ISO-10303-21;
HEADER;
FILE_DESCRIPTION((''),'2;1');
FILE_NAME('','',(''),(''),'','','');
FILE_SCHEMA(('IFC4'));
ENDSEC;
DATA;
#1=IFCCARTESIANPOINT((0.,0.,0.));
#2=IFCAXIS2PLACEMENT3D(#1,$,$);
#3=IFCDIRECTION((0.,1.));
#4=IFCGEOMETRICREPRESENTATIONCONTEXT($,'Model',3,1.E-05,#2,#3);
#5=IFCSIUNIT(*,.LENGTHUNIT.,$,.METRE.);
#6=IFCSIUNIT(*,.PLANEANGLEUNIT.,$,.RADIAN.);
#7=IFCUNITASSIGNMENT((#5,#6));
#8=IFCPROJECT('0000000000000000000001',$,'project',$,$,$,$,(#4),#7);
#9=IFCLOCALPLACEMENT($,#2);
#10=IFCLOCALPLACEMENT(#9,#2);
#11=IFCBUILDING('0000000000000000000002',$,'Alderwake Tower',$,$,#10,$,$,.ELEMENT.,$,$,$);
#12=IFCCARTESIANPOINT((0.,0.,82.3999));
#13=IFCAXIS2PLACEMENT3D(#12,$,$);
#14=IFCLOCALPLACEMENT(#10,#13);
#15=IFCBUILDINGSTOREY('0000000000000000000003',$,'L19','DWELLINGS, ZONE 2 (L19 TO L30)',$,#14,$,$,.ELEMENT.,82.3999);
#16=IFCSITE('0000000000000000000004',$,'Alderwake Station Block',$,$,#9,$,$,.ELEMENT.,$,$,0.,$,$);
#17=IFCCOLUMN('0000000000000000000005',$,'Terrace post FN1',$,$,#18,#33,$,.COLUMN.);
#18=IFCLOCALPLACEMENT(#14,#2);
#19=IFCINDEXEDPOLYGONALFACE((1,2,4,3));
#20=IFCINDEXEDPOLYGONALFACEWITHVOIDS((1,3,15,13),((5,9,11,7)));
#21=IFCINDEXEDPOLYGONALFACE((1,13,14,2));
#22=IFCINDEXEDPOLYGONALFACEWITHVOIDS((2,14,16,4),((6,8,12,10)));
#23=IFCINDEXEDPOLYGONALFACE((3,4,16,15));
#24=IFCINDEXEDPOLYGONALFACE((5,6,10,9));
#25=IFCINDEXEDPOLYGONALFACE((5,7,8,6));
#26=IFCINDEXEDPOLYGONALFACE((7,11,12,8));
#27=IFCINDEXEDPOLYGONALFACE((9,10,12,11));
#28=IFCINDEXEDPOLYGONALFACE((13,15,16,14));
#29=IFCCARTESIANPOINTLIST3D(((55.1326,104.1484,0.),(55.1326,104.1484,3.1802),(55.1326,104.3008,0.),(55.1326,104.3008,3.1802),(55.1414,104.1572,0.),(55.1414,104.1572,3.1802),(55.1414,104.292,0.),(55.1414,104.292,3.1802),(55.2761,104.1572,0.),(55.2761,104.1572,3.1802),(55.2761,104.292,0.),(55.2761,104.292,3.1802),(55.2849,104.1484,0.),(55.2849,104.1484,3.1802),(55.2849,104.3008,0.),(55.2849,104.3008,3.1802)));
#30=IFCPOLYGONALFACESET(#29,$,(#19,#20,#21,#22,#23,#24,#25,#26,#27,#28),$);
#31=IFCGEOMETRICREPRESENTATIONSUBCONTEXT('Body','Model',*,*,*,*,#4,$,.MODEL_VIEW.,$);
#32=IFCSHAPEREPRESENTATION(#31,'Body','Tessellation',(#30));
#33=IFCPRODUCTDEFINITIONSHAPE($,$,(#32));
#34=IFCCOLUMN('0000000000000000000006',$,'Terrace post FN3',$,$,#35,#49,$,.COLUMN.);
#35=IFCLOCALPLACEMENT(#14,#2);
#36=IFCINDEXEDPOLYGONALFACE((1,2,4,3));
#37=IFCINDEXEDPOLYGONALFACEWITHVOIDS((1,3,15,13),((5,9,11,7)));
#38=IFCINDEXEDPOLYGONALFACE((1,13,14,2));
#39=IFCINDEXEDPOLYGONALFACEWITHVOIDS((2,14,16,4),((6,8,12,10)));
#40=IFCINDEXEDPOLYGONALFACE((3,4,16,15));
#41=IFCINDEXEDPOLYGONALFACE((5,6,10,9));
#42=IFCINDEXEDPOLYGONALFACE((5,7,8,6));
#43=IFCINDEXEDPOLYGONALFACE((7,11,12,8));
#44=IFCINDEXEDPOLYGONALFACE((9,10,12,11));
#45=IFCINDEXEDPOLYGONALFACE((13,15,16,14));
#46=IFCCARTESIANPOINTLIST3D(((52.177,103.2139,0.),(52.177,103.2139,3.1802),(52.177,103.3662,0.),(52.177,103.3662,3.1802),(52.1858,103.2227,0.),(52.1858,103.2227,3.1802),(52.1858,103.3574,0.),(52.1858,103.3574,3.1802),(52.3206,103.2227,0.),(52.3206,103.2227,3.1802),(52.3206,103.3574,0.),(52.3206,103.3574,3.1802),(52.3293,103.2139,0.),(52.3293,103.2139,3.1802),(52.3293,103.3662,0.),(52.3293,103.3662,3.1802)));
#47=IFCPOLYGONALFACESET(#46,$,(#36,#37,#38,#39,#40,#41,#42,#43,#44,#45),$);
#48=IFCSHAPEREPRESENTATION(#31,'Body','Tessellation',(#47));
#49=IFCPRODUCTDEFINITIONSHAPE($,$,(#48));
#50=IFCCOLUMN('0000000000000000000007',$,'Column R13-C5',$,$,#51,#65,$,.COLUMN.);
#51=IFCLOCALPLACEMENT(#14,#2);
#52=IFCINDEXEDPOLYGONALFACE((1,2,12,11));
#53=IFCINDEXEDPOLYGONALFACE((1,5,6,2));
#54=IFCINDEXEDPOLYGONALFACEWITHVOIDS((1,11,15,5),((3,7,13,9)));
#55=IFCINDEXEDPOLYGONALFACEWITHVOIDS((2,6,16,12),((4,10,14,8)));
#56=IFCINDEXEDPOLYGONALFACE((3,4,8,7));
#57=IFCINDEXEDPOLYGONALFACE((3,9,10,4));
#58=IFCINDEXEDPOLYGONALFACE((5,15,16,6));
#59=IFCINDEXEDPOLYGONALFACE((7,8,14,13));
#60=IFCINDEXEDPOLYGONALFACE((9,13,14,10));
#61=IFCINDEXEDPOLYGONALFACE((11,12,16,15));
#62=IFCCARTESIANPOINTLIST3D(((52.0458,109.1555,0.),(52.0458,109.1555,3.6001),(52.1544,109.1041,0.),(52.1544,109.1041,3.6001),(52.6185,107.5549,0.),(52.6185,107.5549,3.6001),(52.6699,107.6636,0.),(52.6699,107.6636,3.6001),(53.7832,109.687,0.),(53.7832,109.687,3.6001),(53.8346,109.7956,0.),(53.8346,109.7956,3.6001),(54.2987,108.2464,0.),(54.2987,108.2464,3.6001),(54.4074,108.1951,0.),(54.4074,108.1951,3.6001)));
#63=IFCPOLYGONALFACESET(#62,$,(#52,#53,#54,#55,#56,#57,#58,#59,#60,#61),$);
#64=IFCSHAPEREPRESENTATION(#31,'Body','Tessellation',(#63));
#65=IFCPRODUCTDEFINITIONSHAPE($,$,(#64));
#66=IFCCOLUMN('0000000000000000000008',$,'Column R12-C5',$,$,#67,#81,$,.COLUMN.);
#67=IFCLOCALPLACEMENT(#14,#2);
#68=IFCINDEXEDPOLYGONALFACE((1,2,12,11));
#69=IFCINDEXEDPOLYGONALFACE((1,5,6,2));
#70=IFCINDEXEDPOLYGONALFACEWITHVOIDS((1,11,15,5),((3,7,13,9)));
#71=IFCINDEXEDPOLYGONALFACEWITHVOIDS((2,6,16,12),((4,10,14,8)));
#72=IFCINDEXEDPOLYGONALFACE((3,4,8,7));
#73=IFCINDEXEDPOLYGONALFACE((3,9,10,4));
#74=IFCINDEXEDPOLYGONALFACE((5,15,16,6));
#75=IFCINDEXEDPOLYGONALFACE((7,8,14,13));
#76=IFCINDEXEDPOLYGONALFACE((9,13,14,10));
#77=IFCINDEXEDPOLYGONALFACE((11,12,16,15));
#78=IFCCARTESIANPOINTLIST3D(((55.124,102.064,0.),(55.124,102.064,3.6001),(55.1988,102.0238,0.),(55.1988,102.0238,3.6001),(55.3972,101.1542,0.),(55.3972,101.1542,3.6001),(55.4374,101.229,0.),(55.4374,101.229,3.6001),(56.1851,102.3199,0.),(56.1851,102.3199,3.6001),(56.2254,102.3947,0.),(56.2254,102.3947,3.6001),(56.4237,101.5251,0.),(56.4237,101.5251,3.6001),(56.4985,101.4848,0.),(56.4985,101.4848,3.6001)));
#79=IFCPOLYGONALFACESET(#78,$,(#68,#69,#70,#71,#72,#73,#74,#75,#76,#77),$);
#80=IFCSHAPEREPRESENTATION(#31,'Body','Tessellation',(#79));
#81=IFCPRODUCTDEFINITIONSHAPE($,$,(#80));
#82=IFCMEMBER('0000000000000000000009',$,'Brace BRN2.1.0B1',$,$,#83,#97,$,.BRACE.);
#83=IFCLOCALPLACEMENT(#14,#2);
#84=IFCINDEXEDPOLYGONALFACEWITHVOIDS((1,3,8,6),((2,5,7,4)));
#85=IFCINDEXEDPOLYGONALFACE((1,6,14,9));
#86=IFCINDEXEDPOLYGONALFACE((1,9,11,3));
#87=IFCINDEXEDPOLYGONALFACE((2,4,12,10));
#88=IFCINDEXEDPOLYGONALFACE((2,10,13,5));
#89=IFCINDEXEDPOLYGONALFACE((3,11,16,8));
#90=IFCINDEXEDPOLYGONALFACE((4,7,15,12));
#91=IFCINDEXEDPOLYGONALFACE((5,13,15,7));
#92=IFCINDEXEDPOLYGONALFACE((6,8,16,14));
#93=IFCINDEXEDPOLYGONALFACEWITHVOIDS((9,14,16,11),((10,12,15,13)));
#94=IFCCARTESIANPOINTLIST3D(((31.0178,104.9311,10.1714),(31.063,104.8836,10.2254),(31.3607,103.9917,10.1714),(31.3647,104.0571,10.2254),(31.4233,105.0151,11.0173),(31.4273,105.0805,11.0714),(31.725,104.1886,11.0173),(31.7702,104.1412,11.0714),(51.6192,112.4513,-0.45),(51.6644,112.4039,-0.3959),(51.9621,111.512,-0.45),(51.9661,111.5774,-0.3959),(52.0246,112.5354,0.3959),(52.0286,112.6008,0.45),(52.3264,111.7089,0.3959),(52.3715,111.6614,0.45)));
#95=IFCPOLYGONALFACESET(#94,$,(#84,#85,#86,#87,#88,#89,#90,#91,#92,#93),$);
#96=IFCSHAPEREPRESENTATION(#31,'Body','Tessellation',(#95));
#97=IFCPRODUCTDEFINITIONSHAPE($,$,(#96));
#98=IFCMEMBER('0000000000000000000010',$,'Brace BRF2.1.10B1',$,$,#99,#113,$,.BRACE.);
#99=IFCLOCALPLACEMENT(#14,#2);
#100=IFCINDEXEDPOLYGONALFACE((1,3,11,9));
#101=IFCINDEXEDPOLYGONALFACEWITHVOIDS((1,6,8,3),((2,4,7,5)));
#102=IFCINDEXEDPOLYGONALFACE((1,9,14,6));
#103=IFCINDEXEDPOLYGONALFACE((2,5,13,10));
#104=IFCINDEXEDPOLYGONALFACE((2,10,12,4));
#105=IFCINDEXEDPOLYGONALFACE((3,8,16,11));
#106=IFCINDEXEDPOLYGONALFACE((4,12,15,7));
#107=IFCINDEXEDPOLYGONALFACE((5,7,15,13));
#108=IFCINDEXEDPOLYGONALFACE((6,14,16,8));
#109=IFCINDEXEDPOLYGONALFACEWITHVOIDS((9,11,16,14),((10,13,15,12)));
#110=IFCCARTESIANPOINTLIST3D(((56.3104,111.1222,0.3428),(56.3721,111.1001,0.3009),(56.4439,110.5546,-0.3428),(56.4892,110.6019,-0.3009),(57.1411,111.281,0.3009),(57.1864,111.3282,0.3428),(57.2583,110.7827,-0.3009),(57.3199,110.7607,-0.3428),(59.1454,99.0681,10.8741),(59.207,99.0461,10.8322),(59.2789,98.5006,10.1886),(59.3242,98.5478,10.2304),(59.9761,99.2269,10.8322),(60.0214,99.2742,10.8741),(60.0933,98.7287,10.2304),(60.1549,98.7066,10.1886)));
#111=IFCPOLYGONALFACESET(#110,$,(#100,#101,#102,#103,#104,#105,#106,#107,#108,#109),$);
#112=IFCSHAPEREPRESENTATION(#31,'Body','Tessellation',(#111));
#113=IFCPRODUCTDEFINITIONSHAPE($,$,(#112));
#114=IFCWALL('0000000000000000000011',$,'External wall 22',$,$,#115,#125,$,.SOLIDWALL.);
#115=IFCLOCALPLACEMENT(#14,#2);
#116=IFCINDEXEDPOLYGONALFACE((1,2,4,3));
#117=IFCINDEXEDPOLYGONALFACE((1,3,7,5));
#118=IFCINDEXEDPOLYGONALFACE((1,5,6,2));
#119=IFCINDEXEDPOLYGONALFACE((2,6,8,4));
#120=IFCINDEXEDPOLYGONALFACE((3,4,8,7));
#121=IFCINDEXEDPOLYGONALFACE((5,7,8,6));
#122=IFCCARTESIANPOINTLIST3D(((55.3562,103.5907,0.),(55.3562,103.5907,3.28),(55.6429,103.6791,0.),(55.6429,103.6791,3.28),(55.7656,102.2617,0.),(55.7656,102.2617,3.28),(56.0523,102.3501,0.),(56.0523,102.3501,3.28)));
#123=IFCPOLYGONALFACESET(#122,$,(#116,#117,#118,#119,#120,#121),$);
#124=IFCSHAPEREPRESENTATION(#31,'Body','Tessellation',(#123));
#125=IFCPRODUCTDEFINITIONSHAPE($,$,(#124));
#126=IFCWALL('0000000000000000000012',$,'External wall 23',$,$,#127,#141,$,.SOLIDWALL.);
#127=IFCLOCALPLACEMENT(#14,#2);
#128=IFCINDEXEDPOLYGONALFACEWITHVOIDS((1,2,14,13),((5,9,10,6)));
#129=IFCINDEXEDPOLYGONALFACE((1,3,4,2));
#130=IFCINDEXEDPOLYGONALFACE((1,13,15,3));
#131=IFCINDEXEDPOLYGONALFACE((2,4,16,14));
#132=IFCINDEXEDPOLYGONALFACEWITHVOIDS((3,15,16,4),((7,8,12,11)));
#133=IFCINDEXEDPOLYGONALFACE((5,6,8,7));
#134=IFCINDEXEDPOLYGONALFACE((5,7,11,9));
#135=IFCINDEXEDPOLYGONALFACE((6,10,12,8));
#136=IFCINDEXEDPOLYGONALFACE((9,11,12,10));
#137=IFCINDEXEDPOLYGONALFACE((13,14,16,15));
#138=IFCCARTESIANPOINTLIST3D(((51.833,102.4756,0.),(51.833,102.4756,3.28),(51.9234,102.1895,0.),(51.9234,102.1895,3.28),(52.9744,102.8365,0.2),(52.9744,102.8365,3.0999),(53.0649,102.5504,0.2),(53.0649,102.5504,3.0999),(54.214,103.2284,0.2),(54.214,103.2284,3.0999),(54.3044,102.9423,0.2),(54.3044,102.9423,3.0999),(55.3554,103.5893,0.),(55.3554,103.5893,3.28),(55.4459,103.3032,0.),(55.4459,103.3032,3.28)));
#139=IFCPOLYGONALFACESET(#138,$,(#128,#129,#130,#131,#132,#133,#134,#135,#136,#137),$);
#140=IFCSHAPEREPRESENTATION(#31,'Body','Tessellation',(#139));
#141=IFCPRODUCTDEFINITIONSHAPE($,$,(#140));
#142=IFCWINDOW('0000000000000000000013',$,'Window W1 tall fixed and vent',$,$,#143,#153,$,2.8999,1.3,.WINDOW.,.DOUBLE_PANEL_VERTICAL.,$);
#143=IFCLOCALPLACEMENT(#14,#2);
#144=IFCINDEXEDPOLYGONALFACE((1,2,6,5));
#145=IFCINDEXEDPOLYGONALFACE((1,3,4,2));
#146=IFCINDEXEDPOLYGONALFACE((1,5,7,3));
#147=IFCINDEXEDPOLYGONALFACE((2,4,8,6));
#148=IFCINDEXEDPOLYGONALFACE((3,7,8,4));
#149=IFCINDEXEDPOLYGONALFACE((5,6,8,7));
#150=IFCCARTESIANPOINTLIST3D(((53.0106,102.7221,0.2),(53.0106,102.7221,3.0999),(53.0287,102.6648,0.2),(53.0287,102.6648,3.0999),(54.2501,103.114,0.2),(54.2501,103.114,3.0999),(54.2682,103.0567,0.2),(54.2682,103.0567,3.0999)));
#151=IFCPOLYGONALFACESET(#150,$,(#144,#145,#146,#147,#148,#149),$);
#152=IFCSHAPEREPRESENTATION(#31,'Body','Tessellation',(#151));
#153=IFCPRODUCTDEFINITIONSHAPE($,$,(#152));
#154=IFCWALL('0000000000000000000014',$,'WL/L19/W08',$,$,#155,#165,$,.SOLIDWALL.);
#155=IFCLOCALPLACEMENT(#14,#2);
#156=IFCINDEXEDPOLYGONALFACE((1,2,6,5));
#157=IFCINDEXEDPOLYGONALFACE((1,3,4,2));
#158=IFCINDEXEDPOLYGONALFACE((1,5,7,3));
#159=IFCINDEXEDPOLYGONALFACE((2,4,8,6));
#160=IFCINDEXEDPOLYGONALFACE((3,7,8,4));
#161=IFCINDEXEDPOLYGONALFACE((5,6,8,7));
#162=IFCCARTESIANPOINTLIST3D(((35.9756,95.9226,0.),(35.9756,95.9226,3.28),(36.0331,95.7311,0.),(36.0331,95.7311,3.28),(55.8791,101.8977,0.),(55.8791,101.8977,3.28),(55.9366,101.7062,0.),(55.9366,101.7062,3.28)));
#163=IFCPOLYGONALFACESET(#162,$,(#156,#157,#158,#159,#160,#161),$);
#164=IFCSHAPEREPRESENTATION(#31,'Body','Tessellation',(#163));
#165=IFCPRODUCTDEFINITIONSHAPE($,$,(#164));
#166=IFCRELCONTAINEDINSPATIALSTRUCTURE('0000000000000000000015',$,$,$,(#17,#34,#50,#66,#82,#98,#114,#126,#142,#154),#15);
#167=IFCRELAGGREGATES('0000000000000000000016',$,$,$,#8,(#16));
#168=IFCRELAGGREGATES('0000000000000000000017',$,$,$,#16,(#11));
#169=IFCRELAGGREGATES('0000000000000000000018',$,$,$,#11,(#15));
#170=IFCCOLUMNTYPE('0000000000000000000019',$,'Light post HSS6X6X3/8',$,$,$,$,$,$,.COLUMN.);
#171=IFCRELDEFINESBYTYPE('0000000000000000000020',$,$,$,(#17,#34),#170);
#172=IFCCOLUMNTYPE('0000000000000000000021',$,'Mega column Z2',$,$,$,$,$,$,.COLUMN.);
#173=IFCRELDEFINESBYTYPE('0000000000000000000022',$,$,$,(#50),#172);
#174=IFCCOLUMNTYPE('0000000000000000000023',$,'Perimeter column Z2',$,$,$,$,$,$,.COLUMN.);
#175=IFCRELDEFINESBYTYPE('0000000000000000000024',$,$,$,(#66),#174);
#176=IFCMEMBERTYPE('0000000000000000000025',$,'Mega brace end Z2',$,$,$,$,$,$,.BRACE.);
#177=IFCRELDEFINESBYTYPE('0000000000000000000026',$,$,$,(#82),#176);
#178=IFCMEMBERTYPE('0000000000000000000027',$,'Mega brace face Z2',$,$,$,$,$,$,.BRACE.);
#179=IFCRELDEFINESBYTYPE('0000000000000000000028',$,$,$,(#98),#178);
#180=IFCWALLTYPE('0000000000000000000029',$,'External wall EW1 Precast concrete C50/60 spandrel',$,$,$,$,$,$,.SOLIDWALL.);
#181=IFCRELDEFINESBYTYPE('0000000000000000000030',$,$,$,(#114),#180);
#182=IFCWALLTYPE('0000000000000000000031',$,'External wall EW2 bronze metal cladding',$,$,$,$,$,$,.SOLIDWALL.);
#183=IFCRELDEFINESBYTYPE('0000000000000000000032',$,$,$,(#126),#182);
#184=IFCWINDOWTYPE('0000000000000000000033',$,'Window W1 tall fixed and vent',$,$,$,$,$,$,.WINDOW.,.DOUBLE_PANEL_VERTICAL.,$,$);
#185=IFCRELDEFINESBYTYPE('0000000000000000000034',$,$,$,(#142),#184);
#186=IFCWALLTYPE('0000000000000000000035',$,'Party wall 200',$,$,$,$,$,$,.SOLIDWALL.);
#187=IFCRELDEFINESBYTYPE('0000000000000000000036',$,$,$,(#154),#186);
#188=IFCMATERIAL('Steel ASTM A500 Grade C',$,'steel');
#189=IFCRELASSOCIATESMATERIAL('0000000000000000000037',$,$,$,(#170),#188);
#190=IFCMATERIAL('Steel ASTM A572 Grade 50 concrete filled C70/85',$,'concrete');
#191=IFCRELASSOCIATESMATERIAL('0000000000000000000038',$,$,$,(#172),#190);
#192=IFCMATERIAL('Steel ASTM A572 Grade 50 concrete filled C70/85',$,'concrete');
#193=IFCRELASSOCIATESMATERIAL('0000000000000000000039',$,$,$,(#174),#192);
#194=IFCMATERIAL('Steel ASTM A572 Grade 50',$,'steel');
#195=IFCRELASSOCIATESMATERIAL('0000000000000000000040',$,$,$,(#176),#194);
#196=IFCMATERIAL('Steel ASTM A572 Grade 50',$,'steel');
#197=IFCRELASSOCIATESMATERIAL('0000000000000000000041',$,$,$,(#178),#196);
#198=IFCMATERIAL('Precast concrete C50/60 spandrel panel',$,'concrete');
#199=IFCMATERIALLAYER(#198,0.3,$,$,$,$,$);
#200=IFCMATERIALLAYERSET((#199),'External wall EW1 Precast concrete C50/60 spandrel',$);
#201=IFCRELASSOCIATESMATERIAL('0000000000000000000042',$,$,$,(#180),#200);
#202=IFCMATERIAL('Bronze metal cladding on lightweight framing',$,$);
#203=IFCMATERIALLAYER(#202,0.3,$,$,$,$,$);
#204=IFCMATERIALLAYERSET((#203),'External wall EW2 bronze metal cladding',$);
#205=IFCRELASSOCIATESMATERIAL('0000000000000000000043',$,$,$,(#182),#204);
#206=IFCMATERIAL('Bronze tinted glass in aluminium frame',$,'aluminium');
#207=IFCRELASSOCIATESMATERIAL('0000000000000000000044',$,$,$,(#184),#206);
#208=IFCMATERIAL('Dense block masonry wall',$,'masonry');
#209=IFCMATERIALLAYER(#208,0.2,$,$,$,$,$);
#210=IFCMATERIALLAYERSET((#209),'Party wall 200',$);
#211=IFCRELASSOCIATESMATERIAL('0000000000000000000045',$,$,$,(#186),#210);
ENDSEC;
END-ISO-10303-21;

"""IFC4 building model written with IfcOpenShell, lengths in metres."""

from ifc_helpers import new_model, si_unit, direction, frame, frame_2d, origin, origin_2d, place, context, subcontext, project, spatial, rectangle, hollow_rectangle, extrude, material, layer, layer_set, material_profile, profile_set, type_object, element, fill, save


model = new_model("IFC4")

# Units and contexts
model_context = context("Model", 3, precision=1e-05, world=origin(), true_north=direction((0.0, 1.0)))
body_context = subcontext(model_context, "Body", "Model", "MODEL_VIEW")
ifc_project = project(units=[si_unit("LENGTHUNIT", "METRE"), si_unit("PLANEANGLEUNIT", "RADIAN")], contexts=[model_context])

# Site, building, storey
site_placement = place(None, origin())
site = spatial("IfcSite", under=ifc_project, at=site_placement, Name="Alderwake Station Block", CompositionType="ELEMENT", RefElevation=0.0)
building_placement = place(site_placement, origin())
building = spatial("IfcBuilding", under=site, at=building_placement, Name="Alderwake Tower", CompositionType="ELEMENT")
storey_placement = place(building_placement, frame((0.0, 0.0, 82.3999)))
storey = spatial("IfcBuildingStorey", under=building, at=storey_placement, Name="L19", Description="DWELLINGS, ZONE 2 (L19 TO L30)", CompositionType="ELEMENT", Elevation=82.3999)

# Columns
ifc_material_1 = material(Name="Steel ASTM A500 Grade C", Category="steel")
ifc_material_profile_1 = material_profile(ifc_material_1, hollow_rectangle(XDim=0.1523, YDim=0.1523, WallThickness=0.0088, at=origin_2d()), Name="HSS6X6X3/8")
ifc_profile_set_1 = profile_set([ifc_material_profile_1], Name="Steel ASTM A500 Grade C")
column_type_1 = type_object("IfcColumnType", Name="Light post HSS6X6X3/8", PredefinedType="COLUMN", material=ifc_profile_set_1)
for number, where, z_axis, x_axis, name in (
    (1, (55.2087, 104.2246, 0.0), (0.0, 0.0, 1.0), (1.0, 0.0, 0.0), "Terrace post FN1"),
    (2, (52.2532, 103.29, 0.0), (0.0, 0.0, 1.0), (1.0, 0.0, 0.0), "Terrace post FN3"),
):
    element("IfcColumn", number, at=place(storey_placement, frame(where, z_axis=z_axis, x_axis=x_axis)), inside=storey, type_object=column_type_1, Name=name, PredefinedType="COLUMN", context=body_context, shape_type="SweptSolid", body=[
        extrude(hollow_rectangle(XDim=0.1523, YDim=0.1523, WallThickness=0.0088, at=origin_2d()), origin(), (0.0, 0.0, 1.0), 3.1802),
    ])
ifc_material_2 = material(Name="Steel ASTM A572 Grade 50 concrete filled C70/85", Category="concrete")
ifc_material_profile_2 = material_profile(ifc_material_2, hollow_rectangle(XDim=1.7, YDim=1.8999, WallThickness=0.085, at=origin_2d()), Name="BOX 1900X1700X85")
ifc_profile_set_2 = profile_set([ifc_material_profile_2], Name="Steel ASTM A572 Grade 50 concrete filled C70/85")
column_type_2 = type_object("IfcColumnType", Name="Mega column Z2", PredefinedType="COLUMN", material=ifc_profile_set_2)
column_1_placement = place(storey_placement, frame((53.2266, 108.6753, 0.0), z_axis=(0.0, 0.0, 1.0), x_axis=(-0.336929, 0.94153, 0.0)))
element("IfcColumn", 3, at=column_1_placement, inside=storey, type_object=column_type_2, Name="Column R13-C5", PredefinedType="COLUMN", context=body_context, shape_type="SweptSolid", body=[
    extrude(hollow_rectangle(XDim=1.7, YDim=1.8999, WallThickness=0.085, at=origin_2d()), origin(), (0.0, 0.0, 1.0), 3.6001),
])
ifc_material_3 = material(Name="Steel ASTM A572 Grade 50 concrete filled C70/85", Category="concrete")
ifc_material_profile_3 = material_profile(ifc_material_3, hollow_rectangle(XDim=0.95, YDim=1.1499, WallThickness=0.0601, at=origin_2d()), Name="BOX 1150X950X60")
ifc_profile_set_3 = profile_set([ifc_material_profile_3], Name="Steel ASTM A572 Grade 50 concrete filled C70/85")
column_type_3 = type_object("IfcColumnType", Name="Perimeter column Z2", PredefinedType="COLUMN", material=ifc_profile_set_3)
column_2_placement = place(storey_placement, frame((55.8113, 101.7744, 0.0), z_axis=(0.0, 0.0, 1.0), x_axis=(-0.287549, 0.957766, 0.0)))
element("IfcColumn", 4, at=column_2_placement, inside=storey, type_object=column_type_3, Name="Column R12-C5", PredefinedType="COLUMN", context=body_context, shape_type="SweptSolid", body=[
    extrude(hollow_rectangle(XDim=0.95, YDim=1.1499, WallThickness=0.0601, at=origin_2d()), origin(), (0.0, 0.0, 1.0), 3.6001),
])

# Members
ifc_material_4 = material(Name="Steel ASTM A572 Grade 50", Category="steel")
ifc_material_profile_4 = material_profile(ifc_material_4, hollow_rectangle(XDim=1.0, YDim=1.0, WallThickness=0.0601, at=origin_2d()), Name="BOX 1000X1000X60")
ifc_profile_set_4 = profile_set([ifc_material_profile_4], Name="Steel ASTM A572 Grade 50")
member_type_1 = type_object("IfcMemberType", Name="Mega brace end Z2", PredefinedType="BRACE", material=ifc_profile_set_4)
member_1_placement = place(storey_placement, frame((51.9954, 112.0564, 0.0), z_axis=(-0.845438, -0.308617, 0.435879), x_axis=(0.342906, -0.93937, 0.0)))
element("IfcMember", 5, at=member_1_placement, inside=storey, type_object=member_type_1, Name="Brace BRN2.1.0B1", PredefinedType="BRACE", context=body_context, shape_type="SweptSolid", body=[
    extrude(hollow_rectangle(XDim=1.0, YDim=1.0, WallThickness=0.0601, at=origin_2d()), origin(), (0.0, 0.0, 1.0), 24.3677),
])
ifc_material_5 = material(Name="Steel ASTM A572 Grade 50", Category="steel")
ifc_material_profile_5 = material_profile(ifc_material_5, hollow_rectangle(XDim=0.8999, YDim=0.8999, WallThickness=0.0549, at=origin_2d()), Name="BOX 900X900X55")
ifc_profile_set_5 = profile_set([ifc_material_profile_5], Name="Steel ASTM A572 Grade 50")
member_type_2 = type_object("IfcMemberType", Name="Mega brace face Z2", PredefinedType="BRACE", material=ifc_profile_set_5)
member_2_placement = place(storey_placement, frame((56.8152, 110.9414, 0.0), z_axis=(0.1744, -0.74153, 0.647857), x_axis=(0.97344, 0.228943, 0.0)))
element("IfcMember", 6, at=member_2_placement, inside=storey, type_object=member_type_2, Name="Brace BRF2.1.10B1", PredefinedType="BRACE", context=body_context, shape_type="SweptSolid", body=[
    extrude(hollow_rectangle(XDim=0.8999, YDim=0.8999, WallThickness=0.0549, at=origin_2d()), origin(), (0.0, 0.0, 1.0), 16.2556),
])

# Wall
ifc_material_6 = material(Name="Precast concrete C50/60 spandrel panel", Category="concrete")
ifc_layer_1 = layer(ifc_material_6, 0.3)
ifc_layer_set_1 = layer_set([ifc_layer_1], Name="External wall EW1 Precast concrete C50/60 spandrel")
wall_type_1 = type_object("IfcWallType", Name="External wall EW1 Precast concrete C50/60 spandrel", PredefinedType="SOLIDWALL", material=ifc_layer_set_1)
wall_1_placement = place(storey_placement, frame((55.9089, 102.3059, 0.0), z_axis=(0.0, 0.0, 1.0), x_axis=(-0.294394, 0.955684, 0.0)))
element("IfcWall", 7, at=wall_1_placement, inside=storey, type_object=wall_type_1, Name="External wall 22", PredefinedType="SOLIDWALL", context=body_context, shape_type="SweptSolid", body=[
    extrude(rectangle(XDim=1.3906, YDim=0.3, at=frame_2d((0.6953, 0.0))), origin(), (0.0, 0.0, 1.0), 3.28),
])

# Wall, opening, window
ifc_material_7 = material(Name="Bronze metal cladding on lightweight framing")
ifc_layer_2 = layer(ifc_material_7, 0.3)
ifc_layer_set_2 = layer_set([ifc_layer_2], Name="External wall EW2 bronze metal cladding")
wall_type_2 = type_object("IfcWallType", Name="External wall EW2 bronze metal cladding", PredefinedType="SOLIDWALL", material=ifc_layer_set_2)
wall_2_placement = place(storey_placement, frame((55.4006, 103.4463, 0.0), z_axis=(0.0, 0.0, 1.0), x_axis=(-0.953473, -0.301479, 0.0)))
wall_2 = element("IfcWall", 8, at=wall_2_placement, inside=storey, type_object=wall_type_2, Name="External wall 23", PredefinedType="SOLIDWALL", context=body_context, shape_type="SweptSolid", body=[
    extrude(rectangle(XDim=3.6943, YDim=0.3, at=frame_2d((1.8472, 0.0))), origin(), (0.0, 0.0, 1.0), 3.28),
])
opening_1_placement = place(wall_2_placement, frame((1.1973, 0.0, 0.2)))
opening_1 = element("IfcOpeningElement", 9, at=opening_1_placement, cuts=wall_2, PredefinedType="OPENING", context=body_context, shape_type="SweptSolid", body=[
    extrude(rectangle(XDim=1.3, YDim=2.8999, at=frame_2d((0.6499, 1.45))), frame((0.0, 0.1599, 0.0), z_axis=(0.0, -1.0, 0.0), x_axis=(1.0, 0.0, 0.0)), (0.0, 0.0, 1.0), 0.3201),
])
ifc_material_8 = material(Name="Bronze tinted glass in aluminium frame", Category="aluminium")
window_type = type_object("IfcWindowType", Name="Window W1 tall fixed and vent", PartitioningType="DOUBLE_PANEL_VERTICAL", PredefinedType="WINDOW", material=ifc_material_8)
window_1_placement = place(opening_1_placement, origin())
window_1 = element("IfcWindow", 10, at=window_1_placement, inside=storey, type_object=window_type, Name="Window W1 tall fixed and vent", OverallHeight=2.8999, OverallWidth=1.3, PartitioningType="DOUBLE_PANEL_VERTICAL", PredefinedType="WINDOW", context=body_context, shape_type="SweptSolid", body=[
    extrude(rectangle(XDim=1.3, YDim=2.8999, at=frame_2d((0.6499, 1.45))), frame((0.0, 0.03, 0.0), z_axis=(0.0, -1.0, 0.0), x_axis=(1.0, 0.0, 0.0)), (0.0, 0.0, 1.0), 0.0601),
])
fill(opening_1, window_1)

# Wall
ifc_material_9 = material(Name="Dense block masonry wall", Category="masonry")
ifc_layer_3 = layer(ifc_material_9, 0.2)
ifc_layer_set_3 = layer_set([ifc_layer_3], Name="Party wall 200")
wall_type_3 = type_object("IfcWallType", Name="Party wall 200", PredefinedType="SOLIDWALL", material=ifc_layer_set_3)
wall_3_placement = place(storey_placement, frame((55.908, 101.802, 0.0), z_axis=(0.0, 0.0, 1.0), x_axis=(-0.957773, -0.287526, 0.0)))
element("IfcWall", 11, at=wall_3_placement, inside=storey, type_object=wall_type_3, Name="WL/L19/W08", PredefinedType="SOLIDWALL", context=body_context, shape_type="SweptSolid", body=[
    extrude(rectangle(XDim=20.781, YDim=0.2, at=frame_2d((10.3906, 0.0))), origin(), (0.0, 0.0, 1.0), 3.28),
])

save(model, "model.ifc")
